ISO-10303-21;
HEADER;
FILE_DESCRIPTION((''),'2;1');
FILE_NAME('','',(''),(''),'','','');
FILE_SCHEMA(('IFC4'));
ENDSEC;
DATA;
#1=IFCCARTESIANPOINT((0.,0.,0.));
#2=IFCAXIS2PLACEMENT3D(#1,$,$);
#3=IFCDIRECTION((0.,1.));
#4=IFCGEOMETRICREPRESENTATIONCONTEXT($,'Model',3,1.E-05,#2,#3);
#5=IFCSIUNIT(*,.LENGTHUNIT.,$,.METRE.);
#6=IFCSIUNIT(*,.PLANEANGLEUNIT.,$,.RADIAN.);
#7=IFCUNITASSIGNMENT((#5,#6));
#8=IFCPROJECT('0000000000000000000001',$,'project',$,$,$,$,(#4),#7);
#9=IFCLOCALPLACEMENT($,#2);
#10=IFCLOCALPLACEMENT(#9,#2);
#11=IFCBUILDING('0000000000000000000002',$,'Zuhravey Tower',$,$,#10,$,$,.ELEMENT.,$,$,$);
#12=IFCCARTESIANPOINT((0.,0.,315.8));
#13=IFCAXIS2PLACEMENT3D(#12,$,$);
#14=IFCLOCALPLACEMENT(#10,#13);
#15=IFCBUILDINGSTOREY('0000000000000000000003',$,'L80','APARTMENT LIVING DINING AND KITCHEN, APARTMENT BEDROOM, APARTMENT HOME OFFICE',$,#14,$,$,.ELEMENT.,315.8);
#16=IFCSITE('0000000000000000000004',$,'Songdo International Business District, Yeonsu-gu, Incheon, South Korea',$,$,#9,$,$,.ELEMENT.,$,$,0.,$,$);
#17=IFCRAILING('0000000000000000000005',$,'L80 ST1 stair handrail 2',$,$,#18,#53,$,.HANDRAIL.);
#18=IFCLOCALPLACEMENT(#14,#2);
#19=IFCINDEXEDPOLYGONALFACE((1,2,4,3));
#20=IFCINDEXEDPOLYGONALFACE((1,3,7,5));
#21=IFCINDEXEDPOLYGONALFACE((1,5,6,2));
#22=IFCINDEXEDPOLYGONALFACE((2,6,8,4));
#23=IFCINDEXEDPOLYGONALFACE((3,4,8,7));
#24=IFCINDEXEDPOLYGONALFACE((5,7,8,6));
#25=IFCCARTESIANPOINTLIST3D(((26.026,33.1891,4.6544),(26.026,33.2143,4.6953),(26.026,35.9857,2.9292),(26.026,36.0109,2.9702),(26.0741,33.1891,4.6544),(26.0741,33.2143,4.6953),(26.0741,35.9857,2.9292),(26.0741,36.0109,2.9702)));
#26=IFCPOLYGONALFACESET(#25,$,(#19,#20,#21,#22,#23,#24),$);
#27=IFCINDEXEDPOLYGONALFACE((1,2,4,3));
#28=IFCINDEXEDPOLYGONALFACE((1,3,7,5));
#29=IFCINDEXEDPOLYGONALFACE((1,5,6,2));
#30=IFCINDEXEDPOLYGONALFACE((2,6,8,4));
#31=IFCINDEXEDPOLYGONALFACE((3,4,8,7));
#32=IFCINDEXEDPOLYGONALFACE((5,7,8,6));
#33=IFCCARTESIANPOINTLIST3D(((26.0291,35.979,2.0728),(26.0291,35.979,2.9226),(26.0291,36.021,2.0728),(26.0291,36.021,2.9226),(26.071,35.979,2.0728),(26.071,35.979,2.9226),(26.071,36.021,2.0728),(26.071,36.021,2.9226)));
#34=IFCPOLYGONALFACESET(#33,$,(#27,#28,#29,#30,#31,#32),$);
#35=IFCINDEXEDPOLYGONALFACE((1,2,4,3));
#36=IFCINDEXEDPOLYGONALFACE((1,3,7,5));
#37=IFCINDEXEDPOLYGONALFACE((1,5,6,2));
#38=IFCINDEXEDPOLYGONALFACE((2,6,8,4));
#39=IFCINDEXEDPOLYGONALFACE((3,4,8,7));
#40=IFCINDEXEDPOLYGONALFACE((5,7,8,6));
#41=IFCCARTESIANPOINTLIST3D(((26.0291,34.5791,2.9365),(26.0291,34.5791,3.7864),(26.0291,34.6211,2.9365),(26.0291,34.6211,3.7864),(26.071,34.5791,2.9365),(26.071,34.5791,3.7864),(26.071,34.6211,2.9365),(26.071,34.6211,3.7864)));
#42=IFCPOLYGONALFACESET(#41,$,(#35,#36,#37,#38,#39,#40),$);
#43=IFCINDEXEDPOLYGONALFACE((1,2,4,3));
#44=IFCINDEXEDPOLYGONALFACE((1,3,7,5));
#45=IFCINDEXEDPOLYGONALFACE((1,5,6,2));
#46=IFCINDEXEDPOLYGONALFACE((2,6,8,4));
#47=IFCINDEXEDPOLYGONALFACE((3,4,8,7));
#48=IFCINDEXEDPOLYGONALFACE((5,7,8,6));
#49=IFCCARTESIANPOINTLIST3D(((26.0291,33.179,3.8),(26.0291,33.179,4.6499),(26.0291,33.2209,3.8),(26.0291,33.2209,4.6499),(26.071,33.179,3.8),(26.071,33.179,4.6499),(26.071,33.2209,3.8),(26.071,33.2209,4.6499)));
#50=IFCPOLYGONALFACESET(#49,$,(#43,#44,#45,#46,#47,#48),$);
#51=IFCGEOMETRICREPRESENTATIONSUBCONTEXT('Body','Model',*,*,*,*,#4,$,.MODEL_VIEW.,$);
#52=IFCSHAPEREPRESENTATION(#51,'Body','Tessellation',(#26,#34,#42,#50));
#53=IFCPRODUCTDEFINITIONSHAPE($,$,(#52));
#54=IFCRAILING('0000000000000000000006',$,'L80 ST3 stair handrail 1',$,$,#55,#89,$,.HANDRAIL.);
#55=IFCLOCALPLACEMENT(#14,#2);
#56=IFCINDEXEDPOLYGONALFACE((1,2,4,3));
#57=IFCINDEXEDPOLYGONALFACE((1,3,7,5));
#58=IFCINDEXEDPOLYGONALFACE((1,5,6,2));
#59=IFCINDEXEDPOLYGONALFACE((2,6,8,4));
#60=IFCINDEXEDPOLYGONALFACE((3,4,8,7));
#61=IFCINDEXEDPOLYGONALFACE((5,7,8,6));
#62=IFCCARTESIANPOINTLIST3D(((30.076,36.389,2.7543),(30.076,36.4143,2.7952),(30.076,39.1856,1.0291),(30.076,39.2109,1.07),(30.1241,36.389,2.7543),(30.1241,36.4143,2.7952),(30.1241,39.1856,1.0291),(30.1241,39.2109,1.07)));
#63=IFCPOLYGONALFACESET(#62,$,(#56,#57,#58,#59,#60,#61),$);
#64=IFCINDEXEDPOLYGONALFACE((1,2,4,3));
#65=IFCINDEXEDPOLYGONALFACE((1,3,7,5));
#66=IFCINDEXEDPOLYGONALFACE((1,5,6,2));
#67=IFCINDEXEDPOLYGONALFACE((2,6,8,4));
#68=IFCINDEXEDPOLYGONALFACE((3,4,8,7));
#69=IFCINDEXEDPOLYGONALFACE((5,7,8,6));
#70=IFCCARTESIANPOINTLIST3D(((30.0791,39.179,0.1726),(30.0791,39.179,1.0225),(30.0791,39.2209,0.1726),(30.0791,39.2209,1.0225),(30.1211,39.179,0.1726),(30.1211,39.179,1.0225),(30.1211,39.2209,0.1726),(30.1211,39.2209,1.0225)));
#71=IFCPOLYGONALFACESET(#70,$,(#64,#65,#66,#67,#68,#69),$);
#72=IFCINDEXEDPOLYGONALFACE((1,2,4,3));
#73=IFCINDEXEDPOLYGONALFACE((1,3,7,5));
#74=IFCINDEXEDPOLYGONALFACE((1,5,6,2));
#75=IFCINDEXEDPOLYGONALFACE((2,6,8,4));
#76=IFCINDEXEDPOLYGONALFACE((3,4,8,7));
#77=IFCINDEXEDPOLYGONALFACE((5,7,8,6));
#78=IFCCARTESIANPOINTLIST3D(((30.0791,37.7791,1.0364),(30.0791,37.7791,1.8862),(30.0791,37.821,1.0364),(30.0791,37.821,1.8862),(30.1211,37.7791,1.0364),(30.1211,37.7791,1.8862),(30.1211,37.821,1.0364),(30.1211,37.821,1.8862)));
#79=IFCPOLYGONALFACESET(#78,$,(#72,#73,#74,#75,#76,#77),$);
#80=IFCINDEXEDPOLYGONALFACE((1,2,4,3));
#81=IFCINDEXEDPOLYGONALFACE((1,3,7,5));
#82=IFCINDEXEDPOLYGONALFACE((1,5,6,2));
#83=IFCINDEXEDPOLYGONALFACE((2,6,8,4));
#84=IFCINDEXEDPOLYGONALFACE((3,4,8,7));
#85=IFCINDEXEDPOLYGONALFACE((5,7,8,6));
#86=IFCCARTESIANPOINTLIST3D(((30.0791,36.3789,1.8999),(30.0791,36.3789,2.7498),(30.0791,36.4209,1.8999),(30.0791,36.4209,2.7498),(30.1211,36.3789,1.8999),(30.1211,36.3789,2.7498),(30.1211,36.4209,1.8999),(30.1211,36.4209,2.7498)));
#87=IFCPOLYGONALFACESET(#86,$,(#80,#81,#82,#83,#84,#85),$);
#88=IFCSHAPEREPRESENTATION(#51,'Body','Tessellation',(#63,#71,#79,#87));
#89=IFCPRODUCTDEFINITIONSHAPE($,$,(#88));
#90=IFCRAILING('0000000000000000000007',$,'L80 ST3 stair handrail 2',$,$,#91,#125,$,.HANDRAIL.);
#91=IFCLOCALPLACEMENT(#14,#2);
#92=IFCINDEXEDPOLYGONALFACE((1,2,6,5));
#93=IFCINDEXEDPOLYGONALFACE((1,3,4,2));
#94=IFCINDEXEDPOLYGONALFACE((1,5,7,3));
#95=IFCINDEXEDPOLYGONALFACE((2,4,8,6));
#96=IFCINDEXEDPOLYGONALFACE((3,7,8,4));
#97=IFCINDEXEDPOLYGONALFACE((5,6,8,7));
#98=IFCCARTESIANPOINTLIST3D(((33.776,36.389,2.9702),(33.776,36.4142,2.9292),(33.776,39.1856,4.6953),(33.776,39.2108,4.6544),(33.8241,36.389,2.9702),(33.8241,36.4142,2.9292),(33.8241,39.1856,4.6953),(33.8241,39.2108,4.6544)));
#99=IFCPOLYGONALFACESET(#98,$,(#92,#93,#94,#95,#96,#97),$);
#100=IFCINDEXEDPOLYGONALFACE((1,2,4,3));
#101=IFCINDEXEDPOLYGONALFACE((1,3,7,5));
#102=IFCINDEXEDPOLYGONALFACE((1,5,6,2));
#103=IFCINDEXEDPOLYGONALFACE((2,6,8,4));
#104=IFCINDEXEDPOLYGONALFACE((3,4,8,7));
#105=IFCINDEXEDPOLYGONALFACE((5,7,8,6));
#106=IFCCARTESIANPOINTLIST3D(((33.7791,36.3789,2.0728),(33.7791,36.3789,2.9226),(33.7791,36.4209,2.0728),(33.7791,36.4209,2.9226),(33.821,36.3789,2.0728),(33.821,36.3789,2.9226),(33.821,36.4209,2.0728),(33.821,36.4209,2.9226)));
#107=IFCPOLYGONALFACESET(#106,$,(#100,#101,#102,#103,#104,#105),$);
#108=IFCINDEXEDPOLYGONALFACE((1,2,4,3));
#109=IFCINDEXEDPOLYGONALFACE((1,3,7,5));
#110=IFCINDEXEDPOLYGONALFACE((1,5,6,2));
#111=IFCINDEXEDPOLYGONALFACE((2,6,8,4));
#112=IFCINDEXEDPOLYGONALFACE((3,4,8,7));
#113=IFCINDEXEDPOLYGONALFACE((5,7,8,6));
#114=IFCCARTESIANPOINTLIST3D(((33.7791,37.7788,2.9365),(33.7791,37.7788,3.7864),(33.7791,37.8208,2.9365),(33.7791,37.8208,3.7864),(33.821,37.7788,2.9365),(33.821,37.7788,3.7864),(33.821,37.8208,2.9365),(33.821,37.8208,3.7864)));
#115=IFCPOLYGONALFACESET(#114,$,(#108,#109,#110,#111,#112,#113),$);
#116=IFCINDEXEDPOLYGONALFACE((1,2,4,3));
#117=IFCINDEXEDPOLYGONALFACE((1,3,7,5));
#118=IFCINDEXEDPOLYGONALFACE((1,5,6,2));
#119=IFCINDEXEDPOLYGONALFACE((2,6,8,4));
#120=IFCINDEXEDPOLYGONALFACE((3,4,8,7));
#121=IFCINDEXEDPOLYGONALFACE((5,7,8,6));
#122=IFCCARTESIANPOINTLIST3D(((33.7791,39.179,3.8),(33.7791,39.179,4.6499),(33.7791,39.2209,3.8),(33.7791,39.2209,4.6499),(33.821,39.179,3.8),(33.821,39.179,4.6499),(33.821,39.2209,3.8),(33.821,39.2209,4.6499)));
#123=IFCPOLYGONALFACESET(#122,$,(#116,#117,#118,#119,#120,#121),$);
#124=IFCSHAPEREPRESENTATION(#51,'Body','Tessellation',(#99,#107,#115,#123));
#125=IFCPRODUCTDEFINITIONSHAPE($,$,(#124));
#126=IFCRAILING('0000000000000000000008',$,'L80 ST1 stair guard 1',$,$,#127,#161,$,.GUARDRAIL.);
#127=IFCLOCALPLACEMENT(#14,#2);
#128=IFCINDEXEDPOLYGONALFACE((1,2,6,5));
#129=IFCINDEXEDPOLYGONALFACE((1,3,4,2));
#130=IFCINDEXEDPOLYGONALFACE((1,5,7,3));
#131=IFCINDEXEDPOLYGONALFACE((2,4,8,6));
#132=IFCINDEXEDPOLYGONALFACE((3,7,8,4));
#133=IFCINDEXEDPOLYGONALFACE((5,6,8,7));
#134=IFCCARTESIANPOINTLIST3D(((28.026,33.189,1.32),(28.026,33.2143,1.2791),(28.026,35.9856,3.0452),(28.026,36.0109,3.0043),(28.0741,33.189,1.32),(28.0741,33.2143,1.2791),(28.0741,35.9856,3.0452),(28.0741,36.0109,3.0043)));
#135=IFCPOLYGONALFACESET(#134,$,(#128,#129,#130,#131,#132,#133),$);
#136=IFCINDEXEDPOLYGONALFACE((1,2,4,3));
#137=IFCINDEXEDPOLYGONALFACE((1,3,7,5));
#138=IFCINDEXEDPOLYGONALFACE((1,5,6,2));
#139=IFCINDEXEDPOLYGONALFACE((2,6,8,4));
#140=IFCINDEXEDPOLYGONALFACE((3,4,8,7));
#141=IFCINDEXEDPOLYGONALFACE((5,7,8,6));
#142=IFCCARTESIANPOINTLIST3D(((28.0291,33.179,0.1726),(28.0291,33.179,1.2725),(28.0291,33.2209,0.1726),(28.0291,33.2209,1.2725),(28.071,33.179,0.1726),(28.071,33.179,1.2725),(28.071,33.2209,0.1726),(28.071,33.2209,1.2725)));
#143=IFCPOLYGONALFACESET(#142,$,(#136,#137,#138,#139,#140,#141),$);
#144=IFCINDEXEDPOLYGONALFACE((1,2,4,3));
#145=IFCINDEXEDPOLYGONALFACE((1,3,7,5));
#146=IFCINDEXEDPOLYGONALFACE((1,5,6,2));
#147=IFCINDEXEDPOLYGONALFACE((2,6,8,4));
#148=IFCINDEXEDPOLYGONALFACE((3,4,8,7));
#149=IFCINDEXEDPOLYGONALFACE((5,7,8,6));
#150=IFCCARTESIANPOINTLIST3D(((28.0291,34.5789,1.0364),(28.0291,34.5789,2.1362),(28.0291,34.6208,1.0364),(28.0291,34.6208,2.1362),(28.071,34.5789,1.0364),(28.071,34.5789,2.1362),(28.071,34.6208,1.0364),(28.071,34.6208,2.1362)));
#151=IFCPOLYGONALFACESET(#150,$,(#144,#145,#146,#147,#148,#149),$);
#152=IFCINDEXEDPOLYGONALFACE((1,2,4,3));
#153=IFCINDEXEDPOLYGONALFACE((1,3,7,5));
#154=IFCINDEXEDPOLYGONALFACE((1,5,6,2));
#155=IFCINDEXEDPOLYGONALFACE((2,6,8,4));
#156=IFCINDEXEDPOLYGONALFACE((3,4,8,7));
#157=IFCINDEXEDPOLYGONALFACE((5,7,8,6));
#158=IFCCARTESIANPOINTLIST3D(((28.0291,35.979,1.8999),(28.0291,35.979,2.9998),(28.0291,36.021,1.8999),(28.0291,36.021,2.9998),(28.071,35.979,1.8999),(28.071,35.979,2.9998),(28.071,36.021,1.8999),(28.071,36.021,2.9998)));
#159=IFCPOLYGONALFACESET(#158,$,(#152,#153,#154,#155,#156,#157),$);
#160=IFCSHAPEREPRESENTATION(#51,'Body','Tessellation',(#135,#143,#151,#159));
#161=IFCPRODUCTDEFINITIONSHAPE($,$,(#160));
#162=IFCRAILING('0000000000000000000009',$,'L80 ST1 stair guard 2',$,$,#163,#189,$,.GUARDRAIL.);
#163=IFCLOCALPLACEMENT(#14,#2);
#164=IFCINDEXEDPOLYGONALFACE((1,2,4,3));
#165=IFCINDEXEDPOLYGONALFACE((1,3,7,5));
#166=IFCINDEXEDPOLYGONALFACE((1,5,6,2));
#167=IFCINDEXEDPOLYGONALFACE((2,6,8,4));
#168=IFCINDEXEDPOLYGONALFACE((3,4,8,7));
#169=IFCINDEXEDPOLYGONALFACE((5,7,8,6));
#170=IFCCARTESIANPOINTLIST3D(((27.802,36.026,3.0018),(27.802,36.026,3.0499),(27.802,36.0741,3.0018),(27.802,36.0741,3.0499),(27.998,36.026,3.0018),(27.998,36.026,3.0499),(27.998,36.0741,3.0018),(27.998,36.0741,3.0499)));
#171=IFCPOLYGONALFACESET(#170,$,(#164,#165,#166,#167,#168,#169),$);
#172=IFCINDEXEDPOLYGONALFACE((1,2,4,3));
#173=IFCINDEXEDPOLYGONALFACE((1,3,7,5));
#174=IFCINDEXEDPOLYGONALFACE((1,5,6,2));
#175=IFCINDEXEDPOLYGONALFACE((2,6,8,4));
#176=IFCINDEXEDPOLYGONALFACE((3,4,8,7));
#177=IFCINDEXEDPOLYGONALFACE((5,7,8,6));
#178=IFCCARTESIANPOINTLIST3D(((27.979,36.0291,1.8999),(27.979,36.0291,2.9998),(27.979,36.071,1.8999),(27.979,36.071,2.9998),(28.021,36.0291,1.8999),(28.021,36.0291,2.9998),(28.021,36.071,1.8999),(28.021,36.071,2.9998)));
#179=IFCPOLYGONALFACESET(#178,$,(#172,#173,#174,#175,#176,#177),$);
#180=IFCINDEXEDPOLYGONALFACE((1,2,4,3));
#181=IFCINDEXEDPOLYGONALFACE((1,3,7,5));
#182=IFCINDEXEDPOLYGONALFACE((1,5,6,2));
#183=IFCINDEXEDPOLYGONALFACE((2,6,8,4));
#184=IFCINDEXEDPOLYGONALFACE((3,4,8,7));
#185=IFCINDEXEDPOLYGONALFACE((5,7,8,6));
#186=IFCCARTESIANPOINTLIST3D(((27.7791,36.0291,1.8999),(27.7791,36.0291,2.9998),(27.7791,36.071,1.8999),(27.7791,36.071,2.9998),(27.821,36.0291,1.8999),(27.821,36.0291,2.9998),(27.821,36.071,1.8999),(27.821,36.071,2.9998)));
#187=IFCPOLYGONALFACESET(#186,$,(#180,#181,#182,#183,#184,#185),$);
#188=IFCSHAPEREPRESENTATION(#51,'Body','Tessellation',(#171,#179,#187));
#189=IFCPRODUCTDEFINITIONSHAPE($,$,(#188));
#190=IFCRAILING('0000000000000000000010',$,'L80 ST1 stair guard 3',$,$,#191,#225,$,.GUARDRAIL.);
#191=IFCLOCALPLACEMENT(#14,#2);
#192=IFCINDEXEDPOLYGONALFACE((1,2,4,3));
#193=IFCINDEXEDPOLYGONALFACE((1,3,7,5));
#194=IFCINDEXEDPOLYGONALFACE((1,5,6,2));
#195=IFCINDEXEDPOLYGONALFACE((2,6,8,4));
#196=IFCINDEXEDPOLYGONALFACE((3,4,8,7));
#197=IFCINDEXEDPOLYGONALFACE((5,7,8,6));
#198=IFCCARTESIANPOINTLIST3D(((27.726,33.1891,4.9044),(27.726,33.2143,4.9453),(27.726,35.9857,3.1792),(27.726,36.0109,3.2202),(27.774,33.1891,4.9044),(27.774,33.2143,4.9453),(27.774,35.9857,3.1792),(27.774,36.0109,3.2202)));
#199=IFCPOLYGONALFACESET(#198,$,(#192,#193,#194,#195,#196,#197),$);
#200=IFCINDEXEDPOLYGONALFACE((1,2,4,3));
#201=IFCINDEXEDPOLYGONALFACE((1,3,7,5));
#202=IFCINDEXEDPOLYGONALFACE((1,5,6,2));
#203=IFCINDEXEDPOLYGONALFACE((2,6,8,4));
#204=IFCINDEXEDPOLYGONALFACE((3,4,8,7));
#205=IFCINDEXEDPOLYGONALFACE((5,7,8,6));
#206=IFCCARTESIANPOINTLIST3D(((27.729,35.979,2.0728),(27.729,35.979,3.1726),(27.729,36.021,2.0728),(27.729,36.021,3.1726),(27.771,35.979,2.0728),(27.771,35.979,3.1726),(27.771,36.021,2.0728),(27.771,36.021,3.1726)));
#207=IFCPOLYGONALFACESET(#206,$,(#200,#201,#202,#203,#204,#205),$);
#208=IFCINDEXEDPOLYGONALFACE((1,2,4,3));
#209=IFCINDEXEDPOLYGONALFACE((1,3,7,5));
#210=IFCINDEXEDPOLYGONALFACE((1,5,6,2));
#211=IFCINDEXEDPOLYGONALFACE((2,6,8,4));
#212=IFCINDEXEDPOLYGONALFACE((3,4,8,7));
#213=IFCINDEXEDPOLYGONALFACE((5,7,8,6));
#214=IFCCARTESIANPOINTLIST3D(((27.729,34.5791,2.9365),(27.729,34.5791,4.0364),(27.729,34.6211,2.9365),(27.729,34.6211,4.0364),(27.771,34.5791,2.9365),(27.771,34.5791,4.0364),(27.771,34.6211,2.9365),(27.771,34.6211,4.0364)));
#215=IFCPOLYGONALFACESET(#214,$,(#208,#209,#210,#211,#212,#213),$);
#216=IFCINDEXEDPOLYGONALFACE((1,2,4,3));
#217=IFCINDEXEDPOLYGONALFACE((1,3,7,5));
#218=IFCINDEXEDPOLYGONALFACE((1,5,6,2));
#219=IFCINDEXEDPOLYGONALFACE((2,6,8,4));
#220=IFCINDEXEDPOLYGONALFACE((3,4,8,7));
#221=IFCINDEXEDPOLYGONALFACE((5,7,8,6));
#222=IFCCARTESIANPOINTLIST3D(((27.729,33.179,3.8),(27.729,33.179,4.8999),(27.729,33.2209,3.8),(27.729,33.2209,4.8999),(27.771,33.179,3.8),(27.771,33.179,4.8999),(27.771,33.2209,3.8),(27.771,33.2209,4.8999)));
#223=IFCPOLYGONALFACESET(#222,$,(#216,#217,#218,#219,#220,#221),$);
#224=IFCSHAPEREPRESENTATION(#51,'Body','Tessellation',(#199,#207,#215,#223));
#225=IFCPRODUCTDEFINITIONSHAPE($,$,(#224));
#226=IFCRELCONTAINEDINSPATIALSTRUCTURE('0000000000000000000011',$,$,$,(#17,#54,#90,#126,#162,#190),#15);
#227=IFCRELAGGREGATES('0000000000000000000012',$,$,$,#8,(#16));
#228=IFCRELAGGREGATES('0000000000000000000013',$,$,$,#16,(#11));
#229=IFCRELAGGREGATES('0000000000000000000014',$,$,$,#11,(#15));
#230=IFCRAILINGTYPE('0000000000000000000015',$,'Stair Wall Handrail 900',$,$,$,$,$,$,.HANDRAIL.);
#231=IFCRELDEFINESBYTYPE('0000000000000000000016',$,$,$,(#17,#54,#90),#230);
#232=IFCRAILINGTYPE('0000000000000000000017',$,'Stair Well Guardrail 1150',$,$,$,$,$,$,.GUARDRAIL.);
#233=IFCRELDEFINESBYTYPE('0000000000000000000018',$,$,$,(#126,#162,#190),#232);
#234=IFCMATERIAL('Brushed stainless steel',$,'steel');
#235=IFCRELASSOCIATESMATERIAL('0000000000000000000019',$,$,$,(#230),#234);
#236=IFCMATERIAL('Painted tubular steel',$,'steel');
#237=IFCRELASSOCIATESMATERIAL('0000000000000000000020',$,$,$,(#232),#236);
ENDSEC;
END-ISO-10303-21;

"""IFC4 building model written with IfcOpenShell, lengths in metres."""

from ifc_helpers import new_model, si_unit, direction, frame, origin, origin_2d, place, context, subcontext, project, spatial, rectangle, extrude, material, type_object, element, save


model = new_model("IFC4")

# Units and contexts
model_context = context("Model", 3, precision=1e-05, world=origin(), true_north=direction((0.0, 1.0)))
body_context = subcontext(model_context, "Body", "Model", "MODEL_VIEW")
ifc_project = project(units=[si_unit("LENGTHUNIT", "METRE"), si_unit("PLANEANGLEUNIT", "RADIAN")], contexts=[model_context])

# Site, building, storey
site_placement = place(None, origin())
site = spatial("IfcSite", under=ifc_project, at=site_placement, Name="Songdo International Business District, Yeonsu-gu, Incheon, South Korea", CompositionType="ELEMENT", RefElevation=0.0)
building_placement = place(site_placement, origin())
building = spatial("IfcBuilding", under=site, at=building_placement, Name="Zuhravey Tower", CompositionType="ELEMENT")
storey_placement = place(building_placement, frame((0.0, 0.0, 315.8)))
storey = spatial("IfcBuildingStorey", under=building, at=storey_placement, Name="L80", Description="APARTMENT LIVING DINING AND KITCHEN, APARTMENT BEDROOM, APARTMENT HOME OFFICE", CompositionType="ELEMENT", Elevation=315.8)

# Railings
ifc_material_1 = material(Name="Brushed stainless steel", Category="steel")
railing_type_1 = type_object("IfcRailingType", Name="Stair Wall Handrail 900", PredefinedType="HANDRAIL", material=ifc_material_1)
for number, where, name in (
    (1, (26.05, 36.0, 2.0728), "L80 ST1 stair handrail 2"),
    (2, (30.1001, 39.2, 0.1726), "L80 ST3 stair handrail 1"),
):
    element("IfcRailing", number, at=place(storey_placement, frame(where)), inside=storey, type_object=railing_type_1, Name=name, PredefinedType="HANDRAIL", context=body_context, shape_type="SweptSolid", body=[
        extrude(rectangle(XDim=0.0481, YDim=0.0481, at=origin_2d()), frame((0.0, -0.0017, 0.877), z_axis=(0.0, -0.85109, 0.52502), x_axis=(1.0, 0.0, 0.0)), (0.0, 0.0, 1.0), 3.2859),
        extrude(rectangle(XDim=0.042, YDim=0.042, at=origin_2d()), origin(), (0.0, 0.0, 1.0), 0.8499),
        extrude(rectangle(XDim=0.042, YDim=0.042, at=origin_2d()), frame((0.0, -1.3999, 0.8638)), (0.0, 0.0, 1.0), 0.8499),
        extrude(rectangle(XDim=0.042, YDim=0.042, at=origin_2d()), frame((0.0, -2.8, 1.7273)), (0.0, 0.0, 1.0), 0.8499),
    ])
railing_1_placement = place(storey_placement, frame((33.8, 36.3999, 2.0728)))
element("IfcRailing", 3, at=railing_1_placement, inside=storey, type_object=railing_type_1, Name="L80 ST3 stair handrail 2", PredefinedType="HANDRAIL", context=body_context, shape_type="SweptSolid", body=[
    extrude(rectangle(XDim=0.0481, YDim=0.0481, at=origin_2d()), frame((0.0, 0.0017, 0.877), z_axis=(0.0, 0.85109, 0.52502), x_axis=(-1.0, 0.0, 0.0)), (0.0, 0.0, 1.0), 3.2859),
    extrude(rectangle(XDim=0.042, YDim=0.042, at=origin_2d()), origin(), (0.0, 0.0, 1.0), 0.8499),
    extrude(rectangle(XDim=0.042, YDim=0.042, at=origin_2d()), frame((0.0, 1.3999, 0.8638)), (0.0, 0.0, 1.0), 0.8499),
    extrude(rectangle(XDim=0.042, YDim=0.042, at=origin_2d()), frame((0.0, 2.8, 1.7273)), (0.0, 0.0, 1.0), 0.8499),
])
ifc_material_2 = material(Name="Painted tubular steel", Category="steel")
railing_type_2 = type_object("IfcRailingType", Name="Stair Well Guardrail 1150", PredefinedType="GUARDRAIL", material=ifc_material_2)
railing_2_placement = place(storey_placement, frame((28.05, 33.2, 0.1726)))
element("IfcRailing", 4, at=railing_2_placement, inside=storey, type_object=railing_type_2, Name="L80 ST1 stair guard 1", PredefinedType="GUARDRAIL", context=body_context, shape_type="SweptSolid", body=[
    extrude(rectangle(XDim=0.0481, YDim=0.0481, at=origin_2d()), frame((0.0, 0.0017, 1.127), z_axis=(0.0, 0.85109, 0.52502), x_axis=(-1.0, 0.0, 0.0)), (0.0, 0.0, 1.0), 3.2859),
    extrude(rectangle(XDim=0.042, YDim=0.042, at=origin_2d()), origin(), (0.0, 0.0, 1.0), 1.0999),
    extrude(rectangle(XDim=0.042, YDim=0.042, at=origin_2d()), frame((0.0, 1.3999, 0.8638)), (0.0, 0.0, 1.0), 1.0999),
    extrude(rectangle(XDim=0.042, YDim=0.042, at=origin_2d()), frame((0.0, 2.8, 1.7273)), (0.0, 0.0, 1.0), 1.0999),
])
railing_3_placement = place(storey_placement, frame((28.0, 36.05, 1.8999)))
element("IfcRailing", 5, at=railing_3_placement, inside=storey, type_object=railing_type_2, Name="L80 ST1 stair guard 2", PredefinedType="GUARDRAIL", context=body_context, shape_type="SweptSolid", body=[
    extrude(rectangle(XDim=0.0481, YDim=0.0481, at=origin_2d()), frame((-0.002, 0.0, 1.126), z_axis=(-1.0, 0.0, 0.0), x_axis=(0.0, -1.0, 0.0)), (0.0, 0.0, 1.0), 0.196),
    extrude(rectangle(XDim=0.042, YDim=0.042, at=origin_2d()), origin(), (0.0, 0.0, 1.0), 1.0999),
    extrude(rectangle(XDim=0.042, YDim=0.042, at=origin_2d()), frame((-0.2, 0.0, 0.0)), (0.0, 0.0, 1.0), 1.0999),
])
for number, where, name in (
    (6, (27.75, 36.0, 2.0728), "L80 ST1 stair guard 3"),
):
    element("IfcRailing", number, at=place(storey_placement, frame(where)), inside=storey, type_object=railing_type_2, Name=name, PredefinedType="GUARDRAIL", context=body_context, shape_type="SweptSolid", body=[
        extrude(rectangle(XDim=0.0481, YDim=0.0481, at=origin_2d()), frame((0.0, -0.0017, 1.127), z_axis=(0.0, -0.85109, 0.52502), x_axis=(1.0, 0.0, 0.0)), (0.0, 0.0, 1.0), 3.2859),
        extrude(rectangle(XDim=0.042, YDim=0.042, at=origin_2d()), origin(), (0.0, 0.0, 1.0), 1.0999),
        extrude(rectangle(XDim=0.042, YDim=0.042, at=origin_2d()), frame((0.0, -1.3999, 0.8638)), (0.0, 0.0, 1.0), 1.0999),
        extrude(rectangle(XDim=0.042, YDim=0.042, at=origin_2d()), frame((0.0, -2.8, 1.7273)), (0.0, 0.0, 1.0), 1.0999),
    ])

save(model, "model.ifc")
